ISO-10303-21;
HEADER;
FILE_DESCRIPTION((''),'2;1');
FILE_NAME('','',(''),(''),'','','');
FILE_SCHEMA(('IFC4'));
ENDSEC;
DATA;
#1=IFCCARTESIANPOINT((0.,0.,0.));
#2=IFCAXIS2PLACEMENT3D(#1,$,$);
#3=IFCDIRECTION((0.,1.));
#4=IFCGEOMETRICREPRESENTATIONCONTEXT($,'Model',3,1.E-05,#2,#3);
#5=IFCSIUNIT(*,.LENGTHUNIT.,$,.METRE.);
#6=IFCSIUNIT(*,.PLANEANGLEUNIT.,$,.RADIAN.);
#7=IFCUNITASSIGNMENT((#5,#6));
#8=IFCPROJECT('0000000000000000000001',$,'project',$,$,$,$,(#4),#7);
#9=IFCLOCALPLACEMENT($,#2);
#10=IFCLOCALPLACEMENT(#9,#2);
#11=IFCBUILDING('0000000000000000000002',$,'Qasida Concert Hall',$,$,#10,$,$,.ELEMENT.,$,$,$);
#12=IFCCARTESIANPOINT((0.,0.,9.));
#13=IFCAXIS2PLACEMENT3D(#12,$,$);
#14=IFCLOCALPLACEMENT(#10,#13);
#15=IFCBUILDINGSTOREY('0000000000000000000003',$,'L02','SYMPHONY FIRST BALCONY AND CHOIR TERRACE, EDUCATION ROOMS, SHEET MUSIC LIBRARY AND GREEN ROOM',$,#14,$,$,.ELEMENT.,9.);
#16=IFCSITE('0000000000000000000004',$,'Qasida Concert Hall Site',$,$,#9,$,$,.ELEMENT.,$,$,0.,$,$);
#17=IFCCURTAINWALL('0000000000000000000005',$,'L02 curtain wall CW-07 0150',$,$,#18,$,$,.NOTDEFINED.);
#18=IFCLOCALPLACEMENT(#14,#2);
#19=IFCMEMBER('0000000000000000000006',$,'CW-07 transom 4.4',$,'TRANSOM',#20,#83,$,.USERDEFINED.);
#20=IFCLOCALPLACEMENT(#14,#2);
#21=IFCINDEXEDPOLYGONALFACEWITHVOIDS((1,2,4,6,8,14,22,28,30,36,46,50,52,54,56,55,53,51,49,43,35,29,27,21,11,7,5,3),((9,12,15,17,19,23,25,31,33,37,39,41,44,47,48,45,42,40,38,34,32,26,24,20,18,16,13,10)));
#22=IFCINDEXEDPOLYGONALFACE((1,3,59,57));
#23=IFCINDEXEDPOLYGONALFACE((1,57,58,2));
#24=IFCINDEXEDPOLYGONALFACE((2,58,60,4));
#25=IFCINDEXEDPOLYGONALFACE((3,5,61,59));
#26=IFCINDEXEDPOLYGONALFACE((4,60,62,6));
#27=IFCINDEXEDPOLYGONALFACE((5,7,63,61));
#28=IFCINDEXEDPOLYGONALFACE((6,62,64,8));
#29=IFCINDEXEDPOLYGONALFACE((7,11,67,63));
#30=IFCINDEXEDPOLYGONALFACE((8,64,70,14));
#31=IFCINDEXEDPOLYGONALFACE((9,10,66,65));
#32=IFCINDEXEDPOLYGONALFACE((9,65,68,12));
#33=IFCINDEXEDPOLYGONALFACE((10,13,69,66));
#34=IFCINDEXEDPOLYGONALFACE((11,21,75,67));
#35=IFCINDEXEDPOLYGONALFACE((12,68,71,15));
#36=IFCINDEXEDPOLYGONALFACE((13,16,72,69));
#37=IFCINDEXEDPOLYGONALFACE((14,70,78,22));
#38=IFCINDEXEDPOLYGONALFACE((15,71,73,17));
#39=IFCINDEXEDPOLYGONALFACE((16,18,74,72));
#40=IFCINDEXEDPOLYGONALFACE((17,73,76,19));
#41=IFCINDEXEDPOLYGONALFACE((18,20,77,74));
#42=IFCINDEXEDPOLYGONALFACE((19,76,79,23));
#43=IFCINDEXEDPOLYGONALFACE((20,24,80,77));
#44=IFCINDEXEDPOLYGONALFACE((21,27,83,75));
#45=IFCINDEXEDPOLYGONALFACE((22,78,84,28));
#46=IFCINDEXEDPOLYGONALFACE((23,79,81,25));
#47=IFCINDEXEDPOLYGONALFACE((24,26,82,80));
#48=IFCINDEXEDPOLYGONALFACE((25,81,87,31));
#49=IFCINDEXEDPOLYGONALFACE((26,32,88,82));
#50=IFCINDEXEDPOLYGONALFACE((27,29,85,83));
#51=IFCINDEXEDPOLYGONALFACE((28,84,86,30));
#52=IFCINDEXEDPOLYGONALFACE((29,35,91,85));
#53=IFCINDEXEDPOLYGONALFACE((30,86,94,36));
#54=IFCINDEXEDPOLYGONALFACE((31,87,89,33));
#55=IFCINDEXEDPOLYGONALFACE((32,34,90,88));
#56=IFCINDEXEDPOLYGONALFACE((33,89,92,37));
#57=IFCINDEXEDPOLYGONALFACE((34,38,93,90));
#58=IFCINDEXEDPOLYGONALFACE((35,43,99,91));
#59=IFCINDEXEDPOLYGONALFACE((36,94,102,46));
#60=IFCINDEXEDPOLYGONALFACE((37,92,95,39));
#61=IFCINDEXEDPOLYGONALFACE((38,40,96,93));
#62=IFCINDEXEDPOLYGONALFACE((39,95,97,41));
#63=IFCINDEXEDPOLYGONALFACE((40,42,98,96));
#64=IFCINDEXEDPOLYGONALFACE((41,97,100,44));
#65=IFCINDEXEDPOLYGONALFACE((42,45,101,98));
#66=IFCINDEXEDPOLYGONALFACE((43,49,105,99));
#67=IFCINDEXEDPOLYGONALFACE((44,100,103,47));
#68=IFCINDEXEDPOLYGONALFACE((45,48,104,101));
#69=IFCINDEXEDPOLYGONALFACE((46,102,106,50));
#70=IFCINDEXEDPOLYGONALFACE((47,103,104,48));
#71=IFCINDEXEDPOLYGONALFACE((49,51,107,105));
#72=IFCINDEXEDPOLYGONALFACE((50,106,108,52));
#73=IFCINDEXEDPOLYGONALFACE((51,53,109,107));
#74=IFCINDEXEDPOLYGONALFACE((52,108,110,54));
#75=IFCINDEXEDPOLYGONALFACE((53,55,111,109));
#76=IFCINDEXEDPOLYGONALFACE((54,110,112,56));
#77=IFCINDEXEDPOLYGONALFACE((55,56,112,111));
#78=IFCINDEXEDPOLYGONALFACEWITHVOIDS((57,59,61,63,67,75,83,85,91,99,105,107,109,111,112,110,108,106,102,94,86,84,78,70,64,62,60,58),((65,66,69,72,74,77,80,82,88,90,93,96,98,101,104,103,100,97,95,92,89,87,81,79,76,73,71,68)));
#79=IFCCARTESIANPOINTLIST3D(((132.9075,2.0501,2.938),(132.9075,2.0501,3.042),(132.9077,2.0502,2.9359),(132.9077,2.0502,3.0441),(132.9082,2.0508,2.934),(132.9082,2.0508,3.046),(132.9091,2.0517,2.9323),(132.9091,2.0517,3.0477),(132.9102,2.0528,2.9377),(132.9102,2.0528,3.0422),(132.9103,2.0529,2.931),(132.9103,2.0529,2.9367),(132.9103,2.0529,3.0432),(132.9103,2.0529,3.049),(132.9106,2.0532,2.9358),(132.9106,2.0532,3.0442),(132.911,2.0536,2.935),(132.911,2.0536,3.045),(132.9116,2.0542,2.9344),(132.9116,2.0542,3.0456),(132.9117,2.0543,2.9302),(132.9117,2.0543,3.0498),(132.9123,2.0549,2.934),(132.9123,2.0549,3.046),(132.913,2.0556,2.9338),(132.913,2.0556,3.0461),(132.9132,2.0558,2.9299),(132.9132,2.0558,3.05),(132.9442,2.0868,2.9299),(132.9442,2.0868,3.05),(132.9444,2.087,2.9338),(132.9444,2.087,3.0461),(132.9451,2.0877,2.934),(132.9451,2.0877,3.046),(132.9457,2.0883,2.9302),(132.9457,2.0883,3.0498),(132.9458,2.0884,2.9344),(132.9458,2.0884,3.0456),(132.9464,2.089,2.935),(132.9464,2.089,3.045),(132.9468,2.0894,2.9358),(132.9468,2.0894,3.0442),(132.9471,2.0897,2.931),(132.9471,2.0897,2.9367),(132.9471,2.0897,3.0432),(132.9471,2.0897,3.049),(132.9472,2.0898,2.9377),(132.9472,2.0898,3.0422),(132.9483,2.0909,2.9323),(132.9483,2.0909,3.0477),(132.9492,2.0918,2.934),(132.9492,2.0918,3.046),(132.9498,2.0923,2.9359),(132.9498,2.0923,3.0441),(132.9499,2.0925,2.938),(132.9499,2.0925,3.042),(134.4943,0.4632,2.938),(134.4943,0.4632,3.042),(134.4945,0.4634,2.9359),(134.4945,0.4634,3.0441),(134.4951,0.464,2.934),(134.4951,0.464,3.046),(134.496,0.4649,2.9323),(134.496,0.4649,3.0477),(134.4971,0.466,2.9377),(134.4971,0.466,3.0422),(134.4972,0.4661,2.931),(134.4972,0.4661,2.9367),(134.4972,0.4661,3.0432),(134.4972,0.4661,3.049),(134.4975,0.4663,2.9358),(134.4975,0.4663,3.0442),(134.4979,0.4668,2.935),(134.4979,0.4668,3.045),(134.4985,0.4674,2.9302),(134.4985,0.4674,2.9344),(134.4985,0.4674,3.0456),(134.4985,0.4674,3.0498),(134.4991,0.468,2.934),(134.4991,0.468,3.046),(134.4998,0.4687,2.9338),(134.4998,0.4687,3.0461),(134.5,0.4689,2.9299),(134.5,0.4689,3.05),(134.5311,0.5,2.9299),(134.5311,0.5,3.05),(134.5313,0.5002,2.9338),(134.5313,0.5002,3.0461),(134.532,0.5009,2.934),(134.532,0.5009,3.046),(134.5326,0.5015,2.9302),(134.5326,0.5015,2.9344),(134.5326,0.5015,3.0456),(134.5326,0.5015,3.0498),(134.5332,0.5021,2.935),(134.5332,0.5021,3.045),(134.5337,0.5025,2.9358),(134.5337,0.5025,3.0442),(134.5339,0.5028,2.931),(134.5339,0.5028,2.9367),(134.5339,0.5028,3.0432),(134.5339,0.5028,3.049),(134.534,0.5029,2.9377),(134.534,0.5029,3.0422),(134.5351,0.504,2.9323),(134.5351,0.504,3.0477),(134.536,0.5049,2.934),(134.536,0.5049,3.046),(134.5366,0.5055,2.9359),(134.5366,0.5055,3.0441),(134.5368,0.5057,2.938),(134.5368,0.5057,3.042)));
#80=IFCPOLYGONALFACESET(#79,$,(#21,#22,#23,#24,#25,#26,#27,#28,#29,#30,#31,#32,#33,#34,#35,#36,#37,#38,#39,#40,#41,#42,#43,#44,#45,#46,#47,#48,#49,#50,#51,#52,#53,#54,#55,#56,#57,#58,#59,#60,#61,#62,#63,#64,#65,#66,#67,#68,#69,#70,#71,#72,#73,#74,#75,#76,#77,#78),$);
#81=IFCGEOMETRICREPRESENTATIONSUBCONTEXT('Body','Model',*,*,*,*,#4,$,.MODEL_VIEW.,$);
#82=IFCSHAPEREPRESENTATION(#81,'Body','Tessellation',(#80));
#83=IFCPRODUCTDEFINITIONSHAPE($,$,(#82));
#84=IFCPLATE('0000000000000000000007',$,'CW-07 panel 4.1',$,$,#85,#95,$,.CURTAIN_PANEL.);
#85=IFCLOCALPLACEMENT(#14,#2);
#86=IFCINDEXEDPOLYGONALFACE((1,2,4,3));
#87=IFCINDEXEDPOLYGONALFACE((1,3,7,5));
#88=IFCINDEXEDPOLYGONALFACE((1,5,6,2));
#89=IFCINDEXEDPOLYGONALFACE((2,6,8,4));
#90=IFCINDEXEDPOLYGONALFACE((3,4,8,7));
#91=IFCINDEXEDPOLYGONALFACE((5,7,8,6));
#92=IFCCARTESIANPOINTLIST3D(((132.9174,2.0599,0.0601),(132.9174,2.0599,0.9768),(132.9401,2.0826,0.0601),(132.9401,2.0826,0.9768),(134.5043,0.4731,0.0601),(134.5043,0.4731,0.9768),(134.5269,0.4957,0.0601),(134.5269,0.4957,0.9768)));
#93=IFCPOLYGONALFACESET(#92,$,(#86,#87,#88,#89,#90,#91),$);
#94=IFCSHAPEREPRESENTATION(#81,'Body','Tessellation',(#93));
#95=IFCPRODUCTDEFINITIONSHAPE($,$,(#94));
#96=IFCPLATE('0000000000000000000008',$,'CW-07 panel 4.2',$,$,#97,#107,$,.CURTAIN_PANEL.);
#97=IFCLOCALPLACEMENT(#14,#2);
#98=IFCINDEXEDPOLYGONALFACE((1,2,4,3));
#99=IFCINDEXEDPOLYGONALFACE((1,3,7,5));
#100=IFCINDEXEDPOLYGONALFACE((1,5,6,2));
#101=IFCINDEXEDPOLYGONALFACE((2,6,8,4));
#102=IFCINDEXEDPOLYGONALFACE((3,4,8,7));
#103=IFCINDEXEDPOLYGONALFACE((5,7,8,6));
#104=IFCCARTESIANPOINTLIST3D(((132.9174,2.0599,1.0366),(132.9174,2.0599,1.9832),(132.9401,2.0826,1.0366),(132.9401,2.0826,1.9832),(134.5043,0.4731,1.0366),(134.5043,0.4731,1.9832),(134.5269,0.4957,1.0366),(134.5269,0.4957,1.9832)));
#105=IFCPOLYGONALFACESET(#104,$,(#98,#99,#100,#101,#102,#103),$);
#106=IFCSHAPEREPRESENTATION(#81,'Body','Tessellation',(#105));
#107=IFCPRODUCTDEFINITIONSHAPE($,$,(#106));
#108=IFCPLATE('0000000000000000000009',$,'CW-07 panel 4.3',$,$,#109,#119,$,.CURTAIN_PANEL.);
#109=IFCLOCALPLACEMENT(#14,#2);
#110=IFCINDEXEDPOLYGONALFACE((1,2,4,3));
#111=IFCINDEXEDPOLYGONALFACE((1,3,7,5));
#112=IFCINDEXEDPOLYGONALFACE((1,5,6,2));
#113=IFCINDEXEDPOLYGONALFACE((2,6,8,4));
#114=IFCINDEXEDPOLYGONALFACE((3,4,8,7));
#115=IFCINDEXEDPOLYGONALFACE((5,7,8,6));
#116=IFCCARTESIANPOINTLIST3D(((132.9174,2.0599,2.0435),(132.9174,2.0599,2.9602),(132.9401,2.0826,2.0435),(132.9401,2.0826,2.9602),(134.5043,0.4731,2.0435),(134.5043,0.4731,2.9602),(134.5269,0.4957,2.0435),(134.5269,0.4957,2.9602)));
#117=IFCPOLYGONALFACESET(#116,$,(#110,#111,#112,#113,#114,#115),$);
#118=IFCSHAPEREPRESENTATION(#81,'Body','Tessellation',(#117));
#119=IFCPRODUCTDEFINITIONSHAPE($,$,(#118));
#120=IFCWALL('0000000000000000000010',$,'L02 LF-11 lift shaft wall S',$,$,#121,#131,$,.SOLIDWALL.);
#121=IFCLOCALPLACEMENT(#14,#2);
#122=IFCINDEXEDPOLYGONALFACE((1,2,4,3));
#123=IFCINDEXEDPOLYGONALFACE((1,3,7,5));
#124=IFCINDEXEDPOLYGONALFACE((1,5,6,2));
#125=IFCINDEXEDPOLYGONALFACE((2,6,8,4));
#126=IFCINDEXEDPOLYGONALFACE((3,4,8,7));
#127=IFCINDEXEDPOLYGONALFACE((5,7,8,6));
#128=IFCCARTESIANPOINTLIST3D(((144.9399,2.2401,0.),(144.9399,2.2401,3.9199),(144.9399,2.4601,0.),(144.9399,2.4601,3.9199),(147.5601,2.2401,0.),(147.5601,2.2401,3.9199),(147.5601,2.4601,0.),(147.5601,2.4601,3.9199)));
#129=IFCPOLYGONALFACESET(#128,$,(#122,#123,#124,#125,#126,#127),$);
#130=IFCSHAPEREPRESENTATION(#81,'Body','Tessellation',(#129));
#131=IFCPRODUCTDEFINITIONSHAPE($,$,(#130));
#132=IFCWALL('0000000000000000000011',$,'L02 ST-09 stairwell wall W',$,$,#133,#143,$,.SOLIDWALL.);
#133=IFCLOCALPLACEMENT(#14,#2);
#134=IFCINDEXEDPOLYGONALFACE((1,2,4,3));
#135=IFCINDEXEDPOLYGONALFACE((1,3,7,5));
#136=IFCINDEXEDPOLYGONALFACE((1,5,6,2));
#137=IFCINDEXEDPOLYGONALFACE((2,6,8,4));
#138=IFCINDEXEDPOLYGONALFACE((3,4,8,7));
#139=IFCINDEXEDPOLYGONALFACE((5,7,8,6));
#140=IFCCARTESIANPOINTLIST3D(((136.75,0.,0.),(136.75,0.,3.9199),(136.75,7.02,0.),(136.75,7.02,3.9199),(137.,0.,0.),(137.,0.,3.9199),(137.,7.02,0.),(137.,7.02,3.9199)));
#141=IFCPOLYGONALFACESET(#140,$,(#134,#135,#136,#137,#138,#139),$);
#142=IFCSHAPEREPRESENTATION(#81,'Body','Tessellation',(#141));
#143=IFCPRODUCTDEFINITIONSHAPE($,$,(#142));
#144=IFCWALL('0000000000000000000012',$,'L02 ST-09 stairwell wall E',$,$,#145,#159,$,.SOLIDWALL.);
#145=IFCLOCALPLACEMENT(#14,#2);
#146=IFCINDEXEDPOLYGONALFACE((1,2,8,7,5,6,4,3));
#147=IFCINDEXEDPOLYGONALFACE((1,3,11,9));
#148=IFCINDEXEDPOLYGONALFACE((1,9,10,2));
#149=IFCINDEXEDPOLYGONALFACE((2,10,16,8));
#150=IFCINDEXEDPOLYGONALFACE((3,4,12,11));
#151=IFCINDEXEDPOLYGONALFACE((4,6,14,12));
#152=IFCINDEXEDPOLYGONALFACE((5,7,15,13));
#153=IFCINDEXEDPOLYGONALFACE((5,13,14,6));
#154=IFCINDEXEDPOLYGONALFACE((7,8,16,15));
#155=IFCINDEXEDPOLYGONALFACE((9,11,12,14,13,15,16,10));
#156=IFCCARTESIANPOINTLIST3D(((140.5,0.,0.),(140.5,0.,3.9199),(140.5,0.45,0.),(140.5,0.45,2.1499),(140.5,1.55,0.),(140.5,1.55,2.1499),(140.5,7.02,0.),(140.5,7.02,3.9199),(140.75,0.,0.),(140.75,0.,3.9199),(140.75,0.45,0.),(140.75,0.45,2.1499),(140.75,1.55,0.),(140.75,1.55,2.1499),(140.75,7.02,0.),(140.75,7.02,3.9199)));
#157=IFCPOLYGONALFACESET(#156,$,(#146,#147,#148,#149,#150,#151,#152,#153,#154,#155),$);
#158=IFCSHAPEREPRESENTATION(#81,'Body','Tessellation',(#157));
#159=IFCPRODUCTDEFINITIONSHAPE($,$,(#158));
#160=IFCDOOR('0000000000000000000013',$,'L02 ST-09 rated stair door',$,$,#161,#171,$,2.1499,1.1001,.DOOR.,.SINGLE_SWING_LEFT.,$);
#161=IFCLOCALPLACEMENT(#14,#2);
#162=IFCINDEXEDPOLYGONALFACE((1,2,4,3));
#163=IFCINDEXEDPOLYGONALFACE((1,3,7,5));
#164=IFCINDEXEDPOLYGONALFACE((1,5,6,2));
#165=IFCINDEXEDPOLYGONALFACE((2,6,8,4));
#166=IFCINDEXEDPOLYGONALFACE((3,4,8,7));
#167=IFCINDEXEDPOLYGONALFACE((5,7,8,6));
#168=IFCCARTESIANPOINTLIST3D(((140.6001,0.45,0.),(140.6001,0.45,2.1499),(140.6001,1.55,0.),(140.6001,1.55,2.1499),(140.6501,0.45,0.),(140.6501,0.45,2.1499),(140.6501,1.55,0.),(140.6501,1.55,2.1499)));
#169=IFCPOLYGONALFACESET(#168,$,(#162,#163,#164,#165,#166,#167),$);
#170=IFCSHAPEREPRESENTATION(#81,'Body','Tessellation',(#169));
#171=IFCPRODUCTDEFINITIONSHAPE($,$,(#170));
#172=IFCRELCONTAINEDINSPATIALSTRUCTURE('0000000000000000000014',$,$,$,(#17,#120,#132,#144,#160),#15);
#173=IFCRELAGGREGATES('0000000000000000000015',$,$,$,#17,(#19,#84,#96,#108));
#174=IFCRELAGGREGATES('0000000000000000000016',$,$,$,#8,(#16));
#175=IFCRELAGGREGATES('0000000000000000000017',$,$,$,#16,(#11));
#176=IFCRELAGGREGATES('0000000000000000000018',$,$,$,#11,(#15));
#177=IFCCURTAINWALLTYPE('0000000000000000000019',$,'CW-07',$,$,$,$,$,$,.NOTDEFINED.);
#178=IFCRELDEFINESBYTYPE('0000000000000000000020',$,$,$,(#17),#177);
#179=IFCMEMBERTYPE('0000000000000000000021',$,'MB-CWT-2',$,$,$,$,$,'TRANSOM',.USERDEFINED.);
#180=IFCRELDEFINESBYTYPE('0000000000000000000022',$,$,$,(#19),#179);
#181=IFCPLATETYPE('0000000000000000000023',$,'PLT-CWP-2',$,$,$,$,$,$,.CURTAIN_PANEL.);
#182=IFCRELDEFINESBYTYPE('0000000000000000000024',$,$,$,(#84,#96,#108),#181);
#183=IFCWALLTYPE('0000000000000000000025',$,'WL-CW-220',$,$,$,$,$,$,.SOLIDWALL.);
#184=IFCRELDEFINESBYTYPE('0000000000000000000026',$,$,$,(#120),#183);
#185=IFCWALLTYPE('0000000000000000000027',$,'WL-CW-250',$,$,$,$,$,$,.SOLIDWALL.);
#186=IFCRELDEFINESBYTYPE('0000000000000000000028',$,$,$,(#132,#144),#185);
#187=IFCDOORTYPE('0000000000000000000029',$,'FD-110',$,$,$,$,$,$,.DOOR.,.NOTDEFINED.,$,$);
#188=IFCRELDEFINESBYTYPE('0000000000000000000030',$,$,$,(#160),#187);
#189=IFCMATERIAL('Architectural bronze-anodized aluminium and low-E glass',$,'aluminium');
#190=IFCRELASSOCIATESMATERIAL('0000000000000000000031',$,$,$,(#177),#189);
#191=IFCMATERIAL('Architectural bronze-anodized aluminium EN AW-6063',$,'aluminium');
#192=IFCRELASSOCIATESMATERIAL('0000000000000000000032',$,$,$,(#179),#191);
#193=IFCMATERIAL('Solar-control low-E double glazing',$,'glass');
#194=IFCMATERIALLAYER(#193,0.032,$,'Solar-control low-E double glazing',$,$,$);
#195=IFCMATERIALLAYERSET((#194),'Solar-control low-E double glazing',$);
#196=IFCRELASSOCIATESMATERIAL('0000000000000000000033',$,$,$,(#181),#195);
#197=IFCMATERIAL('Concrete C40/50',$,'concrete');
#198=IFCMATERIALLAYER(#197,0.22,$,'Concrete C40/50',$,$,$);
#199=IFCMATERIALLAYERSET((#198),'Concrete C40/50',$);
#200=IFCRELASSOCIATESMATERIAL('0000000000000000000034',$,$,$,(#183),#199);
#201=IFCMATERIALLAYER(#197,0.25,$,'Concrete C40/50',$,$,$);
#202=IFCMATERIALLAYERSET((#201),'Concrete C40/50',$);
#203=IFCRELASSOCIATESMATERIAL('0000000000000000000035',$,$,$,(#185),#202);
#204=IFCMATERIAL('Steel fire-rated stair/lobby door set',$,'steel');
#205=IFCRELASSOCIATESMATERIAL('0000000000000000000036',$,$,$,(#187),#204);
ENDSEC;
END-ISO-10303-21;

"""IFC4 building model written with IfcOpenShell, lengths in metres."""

from ifc_helpers import new_model, si_unit, direction, frame, frame_2d, origin, origin_2d, place, context, subcontext, project, spatial, rectangle, hollow_rectangle, extrude, material, layer, layer_set, material_profile, profile_set, type_object, element, fill, aggregate, save


model = new_model("IFC4")

# Units and contexts
model_context = context("Model", 3, precision=1e-05, world=origin(), true_north=direction((0.0, 1.0)))
body_context = subcontext(model_context, "Body", "Model", "MODEL_VIEW")
ifc_project = project(units=[si_unit("LENGTHUNIT", "METRE"), si_unit("PLANEANGLEUNIT", "RADIAN")], contexts=[model_context])

# Site, building, storey
site_placement = place(None, origin())
site = spatial("IfcSite", under=ifc_project, at=site_placement, Name="Qasida Concert Hall Site", CompositionType="ELEMENT", RefElevation=0.0)
building_placement = place(site_placement, origin())
building = spatial("IfcBuilding", under=site, at=building_placement, Name="Qasida Concert Hall", CompositionType="ELEMENT")
storey_placement = place(building_placement, frame((0.0, 0.0, 9.0)))
storey = spatial("IfcBuildingStorey", under=building, at=storey_placement, Name="L02", Description="SYMPHONY FIRST BALCONY AND CHOIR TERRACE, EDUCATION ROOMS, SHEET MUSIC LIBRARY AND GREEN ROOM", CompositionType="ELEMENT", Elevation=9.0)

# Shared definitions
ifc_material_1 = material(Name="Concrete C40/50", Category="concrete")

# Curtain wall, member, plates
ifc_material_2 = material(Name="Architectural bronze-anodized aluminium and low-E glass", Category="aluminium")
curtain_wall_type = type_object("IfcCurtainWallType", Name="CW-07", PredefinedType="NOTDEFINED", material=ifc_material_2)
curtain_wall_placement = place(storey_placement, origin())
curtain_wall = element("IfcCurtainWall", 1, at=curtain_wall_placement, inside=storey, type_object=curtain_wall_type, Name="L02 curtain wall CW-07 0150", PredefinedType="NOTDEFINED")
ifc_material_3 = material(Name="Architectural bronze-anodized aluminium EN AW-6063", Category="aluminium")
ifc_material_profile_1 = material_profile(ifc_material_3, hollow_rectangle(XDim=0.0601, YDim=0.1201, WallThickness=0.0039, InnerFilletRadius=0.0039, OuterFilletRadius=0.0081, at=origin_2d()), Name="CWT 120x60x4")
ifc_profile_set_1 = profile_set([ifc_material_profile_1], Name="Architectural bronze-anodized aluminium EN AW-6063")
member_type_1 = type_object("IfcMemberType", Name="MB-CWT-2", ElementType="TRANSOM", PredefinedType="USERDEFINED", material=ifc_profile_set_1)
member_1_placement = place(storey_placement, frame((132.9287, 2.0713, 2.99), z_axis=(0.707107, -0.707107, 0.0), x_axis=(0.707107, 0.707107, 0.0)))
member_1 = element("IfcMember", 2, at=member_1_placement, type_object=member_type_1, Name="CW-07 transom 4.4", ObjectType="TRANSOM", PredefinedType="USERDEFINED", context=body_context, shape_type="SweptSolid", body=[
    extrude(hollow_rectangle(XDim=0.0601, YDim=0.1201, WallThickness=0.0039, InnerFilletRadius=0.0039, OuterFilletRadius=0.0081, at=origin_2d()), origin(), (0.0, 0.0, 1.0), 2.2441),
])
ifc_material_4 = material(Name="Solar-control low-E double glazing", Category="glass")
ifc_layer_1 = layer(ifc_material_4, 0.032, Name="Solar-control low-E double glazing")
ifc_layer_set_1 = layer_set([ifc_layer_1], Name="Solar-control low-E double glazing")
plate_type = type_object("IfcPlateType", Name="PLT-CWP-2", PredefinedType="CURTAIN_PANEL", material=ifc_layer_set_1)
plate_1_placement = place(storey_placement, frame((133.7222, 1.2778, 0.0601), z_axis=(0.0, 0.0, 1.0), x_axis=(0.707107, -0.707107, 0.0)))
plate_1 = element("IfcPlate", 3, at=plate_1_placement, type_object=plate_type, Name="CW-07 panel 4.1", PredefinedType="CURTAIN_PANEL", context=body_context, shape_type="SweptSolid", body=[
    extrude(rectangle(XDim=2.2441, YDim=0.032, at=origin_2d()), origin(), (0.0, 0.0, 1.0), 0.9167),
])
plate_2_placement = place(storey_placement, frame((133.7222, 1.2778, 1.0366), z_axis=(0.0, 0.0, 1.0), x_axis=(0.707107, -0.707107, 0.0)))
plate_2 = element("IfcPlate", 4, at=plate_2_placement, type_object=plate_type, Name="CW-07 panel 4.2", PredefinedType="CURTAIN_PANEL", context=body_context, shape_type="SweptSolid", body=[
    extrude(rectangle(XDim=2.2441, YDim=0.032, at=origin_2d()), origin(), (0.0, 0.0, 1.0), 0.9465),
])
plate_3_placement = place(storey_placement, frame((133.7222, 1.2778, 2.0435), z_axis=(0.0, 0.0, 1.0), x_axis=(0.707107, -0.707107, 0.0)))
plate_3 = element("IfcPlate", 5, at=plate_3_placement, type_object=plate_type, Name="CW-07 panel 4.3", PredefinedType="CURTAIN_PANEL", context=body_context, shape_type="SweptSolid", body=[
    extrude(rectangle(XDim=2.2441, YDim=0.032, at=origin_2d()), origin(), (0.0, 0.0, 1.0), 0.9167),
])
aggregate(curtain_wall, [member_1, plate_1, plate_2, plate_3])

# Walls
ifc_layer_2 = layer(ifc_material_1, 0.22, Name="Concrete C40/50")
ifc_layer_set_2 = layer_set([ifc_layer_2], Name="Concrete C40/50")
wall_type_1 = type_object("IfcWallType", Name="WL-CW-220", PredefinedType="SOLIDWALL", material=ifc_layer_set_2)
wall_1_placement = place(storey_placement, frame((144.9399, 2.3501, 0.0), z_axis=(0.0, 0.0, 1.0), x_axis=(1.0, 0.0, 0.0)))
element("IfcWall", 6, at=wall_1_placement, inside=storey, type_object=wall_type_1, Name="L02 LF-11 lift shaft wall S", PredefinedType="SOLIDWALL", context=body_context, shape_type="SweptSolid", body=[
    extrude(rectangle(XDim=2.6201, YDim=0.22, at=frame_2d((1.3101, 0.0))), origin(), (0.0, 0.0, 1.0), 3.9199),
])
ifc_layer_3 = layer(ifc_material_1, 0.25, Name="Concrete C40/50")
ifc_layer_set_3 = layer_set([ifc_layer_3], Name="Concrete C40/50")
wall_type_2 = type_object("IfcWallType", Name="WL-CW-250", PredefinedType="SOLIDWALL", material=ifc_layer_set_3)
wall_2_placement = place(storey_placement, frame((136.875, 0.0, 0.0), z_axis=(0.0, 0.0, 1.0), x_axis=(0.0, 1.0, 0.0)))
element("IfcWall", 7, at=wall_2_placement, inside=storey, type_object=wall_type_2, Name="L02 ST-09 stairwell wall W", PredefinedType="SOLIDWALL", context=body_context, shape_type="SweptSolid", body=[
    extrude(rectangle(XDim=7.02, YDim=0.25, at=frame_2d((3.51, 0.0))), origin(), (0.0, 0.0, 1.0), 3.9199),
])

# Wall, opening, door
wall_3_placement = place(storey_placement, frame((140.625, 0.0, 0.0), z_axis=(0.0, 0.0, 1.0), x_axis=(0.0, 1.0, 0.0)))
wall_3 = element("IfcWall", 8, at=wall_3_placement, inside=storey, type_object=wall_type_2, Name="L02 ST-09 stairwell wall E", PredefinedType="SOLIDWALL", context=body_context, shape_type="SweptSolid", body=[
    extrude(rectangle(XDim=7.02, YDim=0.25, at=frame_2d((3.51, 0.0))), origin(), (0.0, 0.0, 1.0), 3.9199),
])
opening_1_placement = place(wall_3_placement, frame((0.45, 0.0, 0.0)))
opening_1 = element("IfcOpeningElement", 9, at=opening_1_placement, cuts=wall_3, PredefinedType="OPENING", context=body_context, shape_type="SweptSolid", body=[
    extrude(rectangle(XDim=1.1001, YDim=2.1499, at=frame_2d((0.55, 1.075))), frame((0.0, 0.135, 0.0), z_axis=(0.0, -1.0, 0.0), x_axis=(1.0, 0.0, 0.0)), (0.0, 0.0, 1.0), 0.27),
])
ifc_material_5 = material(Name="Steel fire-rated stair/lobby door set", Category="steel")
door_type = type_object("IfcDoorType", Name="FD-110", OperationType="NOTDEFINED", PredefinedType="DOOR", material=ifc_material_5)
door_placement = place(opening_1_placement, origin())
door = element("IfcDoor", 10, at=door_placement, inside=storey, type_object=door_type, Name="L02 ST-09 rated stair door", OperationType="SINGLE_SWING_LEFT", OverallHeight=2.1499, OverallWidth=1.1001, PredefinedType="DOOR", context=body_context, shape_type="SweptSolid", body=[
    extrude(rectangle(XDim=1.1001, YDim=2.1499, at=frame_2d((0.55, 1.075))), frame((0.0, 0.0249, 0.0), z_axis=(0.0, -1.0, 0.0), x_axis=(1.0, 0.0, 0.0)), (0.0, 0.0, 1.0), 0.05),
])
fill(opening_1, door)

save(model, "model.ifc")
